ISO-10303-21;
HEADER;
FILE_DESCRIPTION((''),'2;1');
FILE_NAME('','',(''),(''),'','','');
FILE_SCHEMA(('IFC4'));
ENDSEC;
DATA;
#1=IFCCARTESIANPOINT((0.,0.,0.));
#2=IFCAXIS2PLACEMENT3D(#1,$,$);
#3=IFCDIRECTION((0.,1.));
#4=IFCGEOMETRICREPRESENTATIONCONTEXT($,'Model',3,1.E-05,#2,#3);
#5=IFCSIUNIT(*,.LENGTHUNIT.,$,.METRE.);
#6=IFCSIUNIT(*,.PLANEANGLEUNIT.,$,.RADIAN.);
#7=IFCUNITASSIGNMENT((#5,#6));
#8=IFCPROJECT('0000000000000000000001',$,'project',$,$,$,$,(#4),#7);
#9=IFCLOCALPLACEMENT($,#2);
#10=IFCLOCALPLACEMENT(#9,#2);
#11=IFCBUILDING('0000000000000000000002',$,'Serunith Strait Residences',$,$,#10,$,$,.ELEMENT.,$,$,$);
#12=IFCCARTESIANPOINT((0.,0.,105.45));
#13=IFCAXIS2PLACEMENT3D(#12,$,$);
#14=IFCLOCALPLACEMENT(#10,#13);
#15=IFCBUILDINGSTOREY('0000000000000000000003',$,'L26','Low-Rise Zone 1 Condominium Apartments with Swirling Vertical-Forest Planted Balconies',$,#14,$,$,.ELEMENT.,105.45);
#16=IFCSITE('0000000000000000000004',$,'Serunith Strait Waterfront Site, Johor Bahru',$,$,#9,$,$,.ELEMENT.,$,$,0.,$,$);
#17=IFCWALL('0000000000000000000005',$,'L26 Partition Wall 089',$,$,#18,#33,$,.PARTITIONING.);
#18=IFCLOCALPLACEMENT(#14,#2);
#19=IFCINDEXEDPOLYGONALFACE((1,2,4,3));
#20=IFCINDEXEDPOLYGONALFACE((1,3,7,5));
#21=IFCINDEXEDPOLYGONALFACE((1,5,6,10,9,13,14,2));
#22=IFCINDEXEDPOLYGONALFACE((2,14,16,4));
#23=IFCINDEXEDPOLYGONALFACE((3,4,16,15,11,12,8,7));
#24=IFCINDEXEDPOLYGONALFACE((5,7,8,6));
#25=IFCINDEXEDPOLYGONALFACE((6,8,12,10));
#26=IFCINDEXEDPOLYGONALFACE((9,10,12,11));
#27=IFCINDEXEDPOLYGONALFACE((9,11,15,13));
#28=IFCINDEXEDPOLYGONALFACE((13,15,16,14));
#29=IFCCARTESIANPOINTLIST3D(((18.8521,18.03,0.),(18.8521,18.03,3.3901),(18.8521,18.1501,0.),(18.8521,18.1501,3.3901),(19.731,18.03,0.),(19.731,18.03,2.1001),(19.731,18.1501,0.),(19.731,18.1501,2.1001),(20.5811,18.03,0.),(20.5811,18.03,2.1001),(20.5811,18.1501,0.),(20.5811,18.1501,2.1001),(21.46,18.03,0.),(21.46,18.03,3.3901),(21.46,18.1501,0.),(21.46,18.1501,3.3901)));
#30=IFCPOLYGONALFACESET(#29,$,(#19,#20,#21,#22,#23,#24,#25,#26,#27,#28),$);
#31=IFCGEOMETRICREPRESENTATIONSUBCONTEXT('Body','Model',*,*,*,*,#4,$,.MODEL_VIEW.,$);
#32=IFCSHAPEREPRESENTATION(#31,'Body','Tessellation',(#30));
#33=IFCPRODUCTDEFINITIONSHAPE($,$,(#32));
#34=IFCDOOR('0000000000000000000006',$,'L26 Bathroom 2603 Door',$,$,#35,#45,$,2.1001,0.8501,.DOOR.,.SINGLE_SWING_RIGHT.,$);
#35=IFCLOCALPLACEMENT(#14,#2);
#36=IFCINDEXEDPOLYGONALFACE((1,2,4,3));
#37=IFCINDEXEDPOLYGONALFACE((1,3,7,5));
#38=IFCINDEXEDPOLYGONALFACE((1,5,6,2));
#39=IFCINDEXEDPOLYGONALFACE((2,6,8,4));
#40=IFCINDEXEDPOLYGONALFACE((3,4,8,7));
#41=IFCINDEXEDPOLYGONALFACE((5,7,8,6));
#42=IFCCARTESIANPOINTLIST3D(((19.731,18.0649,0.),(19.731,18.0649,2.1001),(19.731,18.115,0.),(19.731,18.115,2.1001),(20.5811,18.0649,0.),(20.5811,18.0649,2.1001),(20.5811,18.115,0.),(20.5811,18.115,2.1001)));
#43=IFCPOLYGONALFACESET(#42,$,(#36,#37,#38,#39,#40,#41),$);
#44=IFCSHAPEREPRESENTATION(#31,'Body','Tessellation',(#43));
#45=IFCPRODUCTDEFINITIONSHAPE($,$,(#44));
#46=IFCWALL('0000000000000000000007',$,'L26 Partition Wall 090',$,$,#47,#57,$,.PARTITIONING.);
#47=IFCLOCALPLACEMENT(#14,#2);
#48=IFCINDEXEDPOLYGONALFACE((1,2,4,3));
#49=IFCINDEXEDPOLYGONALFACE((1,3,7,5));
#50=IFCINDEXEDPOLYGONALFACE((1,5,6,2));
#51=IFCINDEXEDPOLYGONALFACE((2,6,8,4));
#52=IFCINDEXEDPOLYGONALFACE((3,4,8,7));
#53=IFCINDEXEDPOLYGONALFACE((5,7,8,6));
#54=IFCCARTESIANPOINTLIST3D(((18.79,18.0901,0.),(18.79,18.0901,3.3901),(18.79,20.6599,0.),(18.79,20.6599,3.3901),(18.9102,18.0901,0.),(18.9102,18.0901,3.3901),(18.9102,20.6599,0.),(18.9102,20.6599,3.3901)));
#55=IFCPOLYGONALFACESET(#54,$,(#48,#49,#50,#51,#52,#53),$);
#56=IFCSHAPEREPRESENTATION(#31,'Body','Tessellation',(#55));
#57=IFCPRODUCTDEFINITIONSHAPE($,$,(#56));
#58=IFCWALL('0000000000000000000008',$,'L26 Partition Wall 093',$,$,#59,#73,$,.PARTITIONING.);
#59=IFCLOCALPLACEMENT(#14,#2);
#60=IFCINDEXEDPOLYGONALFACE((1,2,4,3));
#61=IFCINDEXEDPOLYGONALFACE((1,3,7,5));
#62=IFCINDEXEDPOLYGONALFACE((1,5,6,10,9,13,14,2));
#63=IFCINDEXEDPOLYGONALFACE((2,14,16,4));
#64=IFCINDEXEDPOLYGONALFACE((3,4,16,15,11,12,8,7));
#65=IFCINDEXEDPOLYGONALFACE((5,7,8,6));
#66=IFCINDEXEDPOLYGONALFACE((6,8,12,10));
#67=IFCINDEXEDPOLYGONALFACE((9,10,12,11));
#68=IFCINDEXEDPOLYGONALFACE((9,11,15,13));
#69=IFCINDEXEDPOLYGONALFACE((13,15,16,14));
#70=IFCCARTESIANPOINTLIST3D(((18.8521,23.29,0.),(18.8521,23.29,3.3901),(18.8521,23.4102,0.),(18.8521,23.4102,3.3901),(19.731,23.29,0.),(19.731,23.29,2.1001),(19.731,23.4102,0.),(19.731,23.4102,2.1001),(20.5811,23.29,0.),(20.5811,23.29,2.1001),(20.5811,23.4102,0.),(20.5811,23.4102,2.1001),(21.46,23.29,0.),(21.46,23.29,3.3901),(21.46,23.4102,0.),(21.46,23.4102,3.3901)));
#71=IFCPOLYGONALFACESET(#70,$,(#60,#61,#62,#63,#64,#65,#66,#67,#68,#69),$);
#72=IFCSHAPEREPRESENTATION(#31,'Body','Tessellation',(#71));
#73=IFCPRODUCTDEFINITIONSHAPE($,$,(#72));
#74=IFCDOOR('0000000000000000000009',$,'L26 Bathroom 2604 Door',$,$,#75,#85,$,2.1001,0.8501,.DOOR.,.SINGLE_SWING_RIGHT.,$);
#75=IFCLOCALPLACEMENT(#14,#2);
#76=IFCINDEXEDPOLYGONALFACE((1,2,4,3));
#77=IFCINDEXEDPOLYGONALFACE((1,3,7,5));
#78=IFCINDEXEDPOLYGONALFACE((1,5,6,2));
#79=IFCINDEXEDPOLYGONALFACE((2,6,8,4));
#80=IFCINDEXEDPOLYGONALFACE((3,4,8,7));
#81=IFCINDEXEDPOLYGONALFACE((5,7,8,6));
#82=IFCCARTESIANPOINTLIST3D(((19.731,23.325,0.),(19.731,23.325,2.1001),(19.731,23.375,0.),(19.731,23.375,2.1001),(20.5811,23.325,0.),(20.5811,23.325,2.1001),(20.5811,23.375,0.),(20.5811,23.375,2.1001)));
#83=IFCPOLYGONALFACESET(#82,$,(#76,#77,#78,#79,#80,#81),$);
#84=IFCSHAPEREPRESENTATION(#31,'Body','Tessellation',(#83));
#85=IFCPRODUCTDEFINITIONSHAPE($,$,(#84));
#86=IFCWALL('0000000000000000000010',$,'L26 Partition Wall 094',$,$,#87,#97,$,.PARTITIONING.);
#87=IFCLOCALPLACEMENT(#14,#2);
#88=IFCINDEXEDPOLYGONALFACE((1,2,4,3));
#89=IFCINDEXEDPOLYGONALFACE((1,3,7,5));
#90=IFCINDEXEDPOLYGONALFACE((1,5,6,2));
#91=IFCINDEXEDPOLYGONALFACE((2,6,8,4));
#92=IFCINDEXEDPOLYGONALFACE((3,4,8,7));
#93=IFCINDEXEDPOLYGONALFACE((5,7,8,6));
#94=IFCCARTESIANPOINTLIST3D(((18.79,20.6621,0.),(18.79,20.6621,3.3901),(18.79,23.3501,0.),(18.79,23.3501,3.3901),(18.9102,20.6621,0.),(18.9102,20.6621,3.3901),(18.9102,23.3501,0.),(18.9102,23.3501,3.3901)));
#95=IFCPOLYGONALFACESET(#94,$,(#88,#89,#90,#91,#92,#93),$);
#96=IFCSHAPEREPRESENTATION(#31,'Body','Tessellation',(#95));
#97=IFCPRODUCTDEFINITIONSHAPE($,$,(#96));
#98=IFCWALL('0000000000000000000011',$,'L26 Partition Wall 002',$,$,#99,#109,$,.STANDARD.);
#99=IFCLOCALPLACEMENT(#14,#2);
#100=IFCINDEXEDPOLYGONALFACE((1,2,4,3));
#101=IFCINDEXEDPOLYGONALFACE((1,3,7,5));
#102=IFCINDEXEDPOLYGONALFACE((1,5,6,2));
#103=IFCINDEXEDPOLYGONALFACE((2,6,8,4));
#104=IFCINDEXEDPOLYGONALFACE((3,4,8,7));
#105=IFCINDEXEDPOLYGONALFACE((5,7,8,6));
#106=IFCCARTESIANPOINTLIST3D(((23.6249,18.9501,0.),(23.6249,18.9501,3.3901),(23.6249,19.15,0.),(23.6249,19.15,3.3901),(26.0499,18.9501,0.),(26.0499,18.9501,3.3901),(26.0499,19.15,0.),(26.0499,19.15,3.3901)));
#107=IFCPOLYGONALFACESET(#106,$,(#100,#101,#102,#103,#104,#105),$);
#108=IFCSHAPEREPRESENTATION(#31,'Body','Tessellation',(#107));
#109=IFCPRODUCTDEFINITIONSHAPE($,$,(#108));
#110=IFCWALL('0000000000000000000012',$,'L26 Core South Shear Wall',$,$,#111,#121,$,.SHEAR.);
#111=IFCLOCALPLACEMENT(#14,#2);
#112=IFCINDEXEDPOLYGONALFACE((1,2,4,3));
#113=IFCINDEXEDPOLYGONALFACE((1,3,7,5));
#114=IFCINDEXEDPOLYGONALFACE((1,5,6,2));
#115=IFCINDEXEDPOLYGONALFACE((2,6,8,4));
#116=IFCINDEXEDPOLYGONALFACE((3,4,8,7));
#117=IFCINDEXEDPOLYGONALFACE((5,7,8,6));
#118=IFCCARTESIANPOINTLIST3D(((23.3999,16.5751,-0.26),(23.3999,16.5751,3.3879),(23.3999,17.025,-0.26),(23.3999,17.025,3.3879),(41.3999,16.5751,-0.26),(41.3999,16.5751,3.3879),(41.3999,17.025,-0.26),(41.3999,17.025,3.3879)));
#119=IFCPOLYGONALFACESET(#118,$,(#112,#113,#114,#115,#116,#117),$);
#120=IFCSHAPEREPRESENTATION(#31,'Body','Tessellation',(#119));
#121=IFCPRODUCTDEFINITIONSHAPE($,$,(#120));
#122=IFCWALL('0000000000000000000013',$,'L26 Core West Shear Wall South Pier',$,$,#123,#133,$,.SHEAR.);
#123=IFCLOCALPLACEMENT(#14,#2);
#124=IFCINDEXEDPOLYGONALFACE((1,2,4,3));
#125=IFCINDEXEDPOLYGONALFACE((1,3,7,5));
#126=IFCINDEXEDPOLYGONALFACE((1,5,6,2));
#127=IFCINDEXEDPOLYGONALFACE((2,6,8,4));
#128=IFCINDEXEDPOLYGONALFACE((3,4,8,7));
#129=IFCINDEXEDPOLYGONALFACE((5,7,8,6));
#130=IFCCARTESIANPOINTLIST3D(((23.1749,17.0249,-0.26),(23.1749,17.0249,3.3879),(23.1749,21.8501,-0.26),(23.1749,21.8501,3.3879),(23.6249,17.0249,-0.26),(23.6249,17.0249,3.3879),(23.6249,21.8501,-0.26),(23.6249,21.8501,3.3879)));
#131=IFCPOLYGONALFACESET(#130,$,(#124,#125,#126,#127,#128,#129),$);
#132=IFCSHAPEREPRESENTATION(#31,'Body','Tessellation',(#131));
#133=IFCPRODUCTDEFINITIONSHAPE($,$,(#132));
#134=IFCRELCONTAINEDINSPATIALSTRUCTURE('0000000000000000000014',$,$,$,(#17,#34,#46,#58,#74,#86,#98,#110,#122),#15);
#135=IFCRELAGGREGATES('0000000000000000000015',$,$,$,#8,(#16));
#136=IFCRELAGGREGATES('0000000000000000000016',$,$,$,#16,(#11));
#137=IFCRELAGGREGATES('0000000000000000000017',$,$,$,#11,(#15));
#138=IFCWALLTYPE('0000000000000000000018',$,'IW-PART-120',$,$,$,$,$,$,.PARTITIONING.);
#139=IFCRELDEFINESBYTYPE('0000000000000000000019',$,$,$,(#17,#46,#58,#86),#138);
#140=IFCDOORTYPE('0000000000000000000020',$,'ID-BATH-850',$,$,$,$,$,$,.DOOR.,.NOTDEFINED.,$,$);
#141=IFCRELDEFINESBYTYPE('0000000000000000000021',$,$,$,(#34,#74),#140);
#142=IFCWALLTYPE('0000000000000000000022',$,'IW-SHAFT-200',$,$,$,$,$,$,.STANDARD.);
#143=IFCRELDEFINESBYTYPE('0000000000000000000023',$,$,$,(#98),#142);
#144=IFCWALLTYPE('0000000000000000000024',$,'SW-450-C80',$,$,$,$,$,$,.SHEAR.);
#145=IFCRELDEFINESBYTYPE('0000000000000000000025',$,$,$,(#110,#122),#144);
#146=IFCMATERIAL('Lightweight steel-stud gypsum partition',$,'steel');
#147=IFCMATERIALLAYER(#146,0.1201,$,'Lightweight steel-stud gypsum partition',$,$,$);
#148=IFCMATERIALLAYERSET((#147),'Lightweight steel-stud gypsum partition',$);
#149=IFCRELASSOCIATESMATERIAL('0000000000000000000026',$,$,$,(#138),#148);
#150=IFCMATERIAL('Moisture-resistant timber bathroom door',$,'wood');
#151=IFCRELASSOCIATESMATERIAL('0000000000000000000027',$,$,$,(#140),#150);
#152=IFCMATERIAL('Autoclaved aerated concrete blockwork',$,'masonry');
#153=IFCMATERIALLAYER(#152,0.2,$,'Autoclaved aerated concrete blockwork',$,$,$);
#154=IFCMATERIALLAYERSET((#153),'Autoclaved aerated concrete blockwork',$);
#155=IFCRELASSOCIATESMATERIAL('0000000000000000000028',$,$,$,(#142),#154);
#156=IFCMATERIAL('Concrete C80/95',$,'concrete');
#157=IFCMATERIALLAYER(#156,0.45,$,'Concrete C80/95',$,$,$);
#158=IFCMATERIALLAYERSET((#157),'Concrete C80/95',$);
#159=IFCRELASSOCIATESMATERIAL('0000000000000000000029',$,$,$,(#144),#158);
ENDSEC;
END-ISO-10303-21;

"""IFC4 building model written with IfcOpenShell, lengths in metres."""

from ifc_helpers import new_model, si_unit, direction, frame, frame_2d, origin, place, context, subcontext, project, spatial, rectangle, extrude, source, transform, mapped, material, layer, layer_set, type_object, element, fill, save


model = new_model("IFC4")

# Units and contexts
model_context = context("Model", 3, precision=1e-05, world=origin(), true_north=direction((0.0, 1.0)))
body_context = subcontext(model_context, "Body", "Model", "MODEL_VIEW")
ifc_project = project(units=[si_unit("LENGTHUNIT", "METRE"), si_unit("PLANEANGLEUNIT", "RADIAN")], contexts=[model_context])

# Site, building, storey
site_placement = place(None, origin())
site = spatial("IfcSite", under=ifc_project, at=site_placement, Name="Serunith Strait Waterfront Site, Johor Bahru", CompositionType="ELEMENT", RefElevation=0.0)
building_placement = place(site_placement, origin())
building = spatial("IfcBuilding", under=site, at=building_placement, Name="Serunith Strait Residences", CompositionType="ELEMENT")
storey_placement = place(building_placement, frame((0.0, 0.0, 105.45)))
storey = spatial("IfcBuildingStorey", under=building, at=storey_placement, Name="L26", Description="Low-Rise Zone 1 Condominium Apartments with Swirling Vertical-Forest Planted Balconies", CompositionType="ELEMENT", Elevation=105.45)

# Wall, opening, door
ifc_material_1 = material(Name="Lightweight steel-stud gypsum partition", Category="steel")
ifc_layer_1 = layer(ifc_material_1, 0.1201, Name="Lightweight steel-stud gypsum partition")
ifc_layer_set_1 = layer_set([ifc_layer_1], Name="Lightweight steel-stud gypsum partition")
wall_type_1 = type_object("IfcWallType", Name="IW-PART-120", PredefinedType="PARTITIONING", material=ifc_layer_set_1)
wall_1_placement = place(storey_placement, frame((18.8521, 18.0901, 0.0), z_axis=(0.0, 0.0, 1.0), x_axis=(1.0, 0.0, 0.0)))
wall_1 = element("IfcWall", 1, at=wall_1_placement, inside=storey, type_object=wall_type_1, Name="L26 Partition Wall 089", PredefinedType="PARTITIONING", context=body_context, shape_type="SweptSolid", body=[
    extrude(rectangle(XDim=2.6079, YDim=0.1201, at=frame_2d((1.304, 0.0))), origin(), (0.0, 0.0, 1.0), 3.3901),
])
opening_1_placement = place(wall_1_placement, frame((0.8789, 0.0, 0.0)))
opening_1 = element("IfcOpeningElement", 2, at=opening_1_placement, cuts=wall_1, PredefinedType="OPENING", context=body_context, shape_type="SweptSolid", body=[
    extrude(rectangle(XDim=0.8501, YDim=2.1001, at=frame_2d((0.425, 1.05))), frame((0.0, 0.0701, 0.0), z_axis=(0.0, -1.0, 0.0), x_axis=(1.0, 0.0, 0.0)), (0.0, 0.0, 1.0), 0.1401),
])
ifc_material_2 = material(Name="Moisture-resistant timber bathroom door", Category="wood")
door_type_1 = type_object("IfcDoorType", Name="ID-BATH-850", OperationType="NOTDEFINED", PredefinedType="DOOR", material=ifc_material_2)
shared_shape_1 = source(origin(), body_context, "Body", "SweptSolid", [
    extrude(rectangle(XDim=0.8501, YDim=2.1001, at=frame_2d((0.425, 1.05))), frame((0.0, 0.0249, 0.0), z_axis=(0.0, -1.0, 0.0), x_axis=(1.0, 0.0, 0.0)), (0.0, 0.0, 1.0), 0.05),
])
door_1_placement = place(opening_1_placement, origin())
door_1 = element("IfcDoor", 3, at=door_1_placement, inside=storey, type_object=door_type_1, Name="L26 Bathroom 2603 Door", OperationType="SINGLE_SWING_RIGHT", OverallHeight=2.1001, OverallWidth=0.8501, PredefinedType="DOOR", context=body_context, shape_type="MappedRepresentation", body=[
    mapped(shared_shape_1, transform((0.0, 0.0, 0.0), scale=1.0)),
])
fill(opening_1, door_1)

# Wall
wall_2_placement = place(storey_placement, frame((18.8501, 18.0901, 0.0), z_axis=(0.0, 0.0, 1.0), x_axis=(0.0, 1.0, 0.0)))
element("IfcWall", 4, at=wall_2_placement, inside=storey, type_object=wall_type_1, Name="L26 Partition Wall 090", PredefinedType="PARTITIONING", context=body_context, shape_type="SweptSolid", body=[
    extrude(rectangle(XDim=2.5698, YDim=0.1201, at=frame_2d((1.2849, 0.0))), origin(), (0.0, 0.0, 1.0), 3.3901),
])

# Wall, opening, door
wall_3_placement = place(storey_placement, frame((18.8521, 23.3501, 0.0), z_axis=(0.0, 0.0, 1.0), x_axis=(1.0, 0.0, 0.0)))
wall_3 = element("IfcWall", 5, at=wall_3_placement, inside=storey, type_object=wall_type_1, Name="L26 Partition Wall 093", PredefinedType="PARTITIONING", context=body_context, shape_type="SweptSolid", body=[
    extrude(rectangle(XDim=2.6079, YDim=0.1201, at=frame_2d((1.304, 0.0))), origin(), (0.0, 0.0, 1.0), 3.3901),
])
opening_2_placement = place(wall_3_placement, frame((0.8789, 0.0, 0.0)))
opening_2 = element("IfcOpeningElement", 6, at=opening_2_placement, cuts=wall_3, PredefinedType="OPENING", context=body_context, shape_type="SweptSolid", body=[
    extrude(rectangle(XDim=0.8501, YDim=2.1001, at=frame_2d((0.425, 1.05))), frame((0.0, 0.0701, 0.0), z_axis=(0.0, -1.0, 0.0), x_axis=(1.0, 0.0, 0.0)), (0.0, 0.0, 1.0), 0.1401),
])
door_2_placement = place(opening_2_placement, origin())
door_2 = element("IfcDoor", 7, at=door_2_placement, inside=storey, type_object=door_type_1, Name="L26 Bathroom 2604 Door", OperationType="SINGLE_SWING_RIGHT", OverallHeight=2.1001, OverallWidth=0.8501, PredefinedType="DOOR", context=body_context, shape_type="MappedRepresentation", body=[
    mapped(shared_shape_1, transform((0.0, 0.0, 0.0), scale=1.0)),
])
fill(opening_2, door_2)

# Walls
wall_4_placement = place(storey_placement, frame((18.8501, 20.6621, 0.0), z_axis=(0.0, 0.0, 1.0), x_axis=(0.0, 1.0, 0.0)))
element("IfcWall", 8, at=wall_4_placement, inside=storey, type_object=wall_type_1, Name="L26 Partition Wall 094", PredefinedType="PARTITIONING", context=body_context, shape_type="SweptSolid", body=[
    extrude(rectangle(XDim=2.688, YDim=0.1201, at=frame_2d((1.344, 0.0))), origin(), (0.0, 0.0, 1.0), 3.3901),
])
ifc_material_3 = material(Name="Autoclaved aerated concrete blockwork", Category="masonry")
ifc_layer_2 = layer(ifc_material_3, 0.2, Name="Autoclaved aerated concrete blockwork")
ifc_layer_set_2 = layer_set([ifc_layer_2], Name="Autoclaved aerated concrete blockwork")
wall_type_2 = type_object("IfcWallType", Name="IW-SHAFT-200", PredefinedType="STANDARD", material=ifc_layer_set_2)
wall_5_placement = place(storey_placement, frame((23.625, 19.05, 0.0), z_axis=(0.0, 0.0, 1.0), x_axis=(1.0, 0.0, 0.0)))
element("IfcWall", 9, at=wall_5_placement, inside=storey, type_object=wall_type_2, Name="L26 Partition Wall 002", PredefinedType="STANDARD", context=body_context, shape_type="SweptSolid", body=[
    extrude(rectangle(XDim=2.425, YDim=0.2, at=frame_2d((1.2124, 0.0))), origin(), (0.0, 0.0, 1.0), 3.3901),
])

# Walls
ifc_material_4 = material(Name="Concrete C80/95", Category="concrete")
ifc_layer_3 = layer(ifc_material_4, 0.45, Name="Concrete C80/95")
ifc_layer_set_3 = layer_set([ifc_layer_3], Name="Concrete C80/95")
wall_type_3 = type_object("IfcWallType", Name="SW-450-C80", PredefinedType="SHEAR", material=ifc_layer_set_3)
wall_6_placement = place(storey_placement, frame((23.3999, 16.8, -0.26), z_axis=(0.0, 0.0, 1.0), x_axis=(1.0, 0.0, 0.0)))
element("IfcWall", 10, at=wall_6_placement, inside=storey, type_object=wall_type_3, Name="L26 Core South Shear Wall", PredefinedType="SHEAR", context=body_context, shape_type="SweptSolid", body=[
    extrude(rectangle(XDim=18.0, YDim=0.45, at=frame_2d((9.0, 0.0))), origin(), (0.0, 0.0, 1.0), 3.6479),
])
wall_7_placement = place(storey_placement, frame((23.3999, 17.0249, -0.26), z_axis=(0.0, 0.0, 1.0), x_axis=(0.0, 1.0, 0.0)))
element("IfcWall", 11, at=wall_7_placement, inside=storey, type_object=wall_type_3, Name="L26 Core West Shear Wall South Pier", PredefinedType="SHEAR", context=body_context, shape_type="SweptSolid", body=[
    extrude(rectangle(XDim=4.8252, YDim=0.45, at=frame_2d((2.4126, 0.0))), origin(), (0.0, 0.0, 1.0), 3.6479),
])

save(model, "model.ifc")
